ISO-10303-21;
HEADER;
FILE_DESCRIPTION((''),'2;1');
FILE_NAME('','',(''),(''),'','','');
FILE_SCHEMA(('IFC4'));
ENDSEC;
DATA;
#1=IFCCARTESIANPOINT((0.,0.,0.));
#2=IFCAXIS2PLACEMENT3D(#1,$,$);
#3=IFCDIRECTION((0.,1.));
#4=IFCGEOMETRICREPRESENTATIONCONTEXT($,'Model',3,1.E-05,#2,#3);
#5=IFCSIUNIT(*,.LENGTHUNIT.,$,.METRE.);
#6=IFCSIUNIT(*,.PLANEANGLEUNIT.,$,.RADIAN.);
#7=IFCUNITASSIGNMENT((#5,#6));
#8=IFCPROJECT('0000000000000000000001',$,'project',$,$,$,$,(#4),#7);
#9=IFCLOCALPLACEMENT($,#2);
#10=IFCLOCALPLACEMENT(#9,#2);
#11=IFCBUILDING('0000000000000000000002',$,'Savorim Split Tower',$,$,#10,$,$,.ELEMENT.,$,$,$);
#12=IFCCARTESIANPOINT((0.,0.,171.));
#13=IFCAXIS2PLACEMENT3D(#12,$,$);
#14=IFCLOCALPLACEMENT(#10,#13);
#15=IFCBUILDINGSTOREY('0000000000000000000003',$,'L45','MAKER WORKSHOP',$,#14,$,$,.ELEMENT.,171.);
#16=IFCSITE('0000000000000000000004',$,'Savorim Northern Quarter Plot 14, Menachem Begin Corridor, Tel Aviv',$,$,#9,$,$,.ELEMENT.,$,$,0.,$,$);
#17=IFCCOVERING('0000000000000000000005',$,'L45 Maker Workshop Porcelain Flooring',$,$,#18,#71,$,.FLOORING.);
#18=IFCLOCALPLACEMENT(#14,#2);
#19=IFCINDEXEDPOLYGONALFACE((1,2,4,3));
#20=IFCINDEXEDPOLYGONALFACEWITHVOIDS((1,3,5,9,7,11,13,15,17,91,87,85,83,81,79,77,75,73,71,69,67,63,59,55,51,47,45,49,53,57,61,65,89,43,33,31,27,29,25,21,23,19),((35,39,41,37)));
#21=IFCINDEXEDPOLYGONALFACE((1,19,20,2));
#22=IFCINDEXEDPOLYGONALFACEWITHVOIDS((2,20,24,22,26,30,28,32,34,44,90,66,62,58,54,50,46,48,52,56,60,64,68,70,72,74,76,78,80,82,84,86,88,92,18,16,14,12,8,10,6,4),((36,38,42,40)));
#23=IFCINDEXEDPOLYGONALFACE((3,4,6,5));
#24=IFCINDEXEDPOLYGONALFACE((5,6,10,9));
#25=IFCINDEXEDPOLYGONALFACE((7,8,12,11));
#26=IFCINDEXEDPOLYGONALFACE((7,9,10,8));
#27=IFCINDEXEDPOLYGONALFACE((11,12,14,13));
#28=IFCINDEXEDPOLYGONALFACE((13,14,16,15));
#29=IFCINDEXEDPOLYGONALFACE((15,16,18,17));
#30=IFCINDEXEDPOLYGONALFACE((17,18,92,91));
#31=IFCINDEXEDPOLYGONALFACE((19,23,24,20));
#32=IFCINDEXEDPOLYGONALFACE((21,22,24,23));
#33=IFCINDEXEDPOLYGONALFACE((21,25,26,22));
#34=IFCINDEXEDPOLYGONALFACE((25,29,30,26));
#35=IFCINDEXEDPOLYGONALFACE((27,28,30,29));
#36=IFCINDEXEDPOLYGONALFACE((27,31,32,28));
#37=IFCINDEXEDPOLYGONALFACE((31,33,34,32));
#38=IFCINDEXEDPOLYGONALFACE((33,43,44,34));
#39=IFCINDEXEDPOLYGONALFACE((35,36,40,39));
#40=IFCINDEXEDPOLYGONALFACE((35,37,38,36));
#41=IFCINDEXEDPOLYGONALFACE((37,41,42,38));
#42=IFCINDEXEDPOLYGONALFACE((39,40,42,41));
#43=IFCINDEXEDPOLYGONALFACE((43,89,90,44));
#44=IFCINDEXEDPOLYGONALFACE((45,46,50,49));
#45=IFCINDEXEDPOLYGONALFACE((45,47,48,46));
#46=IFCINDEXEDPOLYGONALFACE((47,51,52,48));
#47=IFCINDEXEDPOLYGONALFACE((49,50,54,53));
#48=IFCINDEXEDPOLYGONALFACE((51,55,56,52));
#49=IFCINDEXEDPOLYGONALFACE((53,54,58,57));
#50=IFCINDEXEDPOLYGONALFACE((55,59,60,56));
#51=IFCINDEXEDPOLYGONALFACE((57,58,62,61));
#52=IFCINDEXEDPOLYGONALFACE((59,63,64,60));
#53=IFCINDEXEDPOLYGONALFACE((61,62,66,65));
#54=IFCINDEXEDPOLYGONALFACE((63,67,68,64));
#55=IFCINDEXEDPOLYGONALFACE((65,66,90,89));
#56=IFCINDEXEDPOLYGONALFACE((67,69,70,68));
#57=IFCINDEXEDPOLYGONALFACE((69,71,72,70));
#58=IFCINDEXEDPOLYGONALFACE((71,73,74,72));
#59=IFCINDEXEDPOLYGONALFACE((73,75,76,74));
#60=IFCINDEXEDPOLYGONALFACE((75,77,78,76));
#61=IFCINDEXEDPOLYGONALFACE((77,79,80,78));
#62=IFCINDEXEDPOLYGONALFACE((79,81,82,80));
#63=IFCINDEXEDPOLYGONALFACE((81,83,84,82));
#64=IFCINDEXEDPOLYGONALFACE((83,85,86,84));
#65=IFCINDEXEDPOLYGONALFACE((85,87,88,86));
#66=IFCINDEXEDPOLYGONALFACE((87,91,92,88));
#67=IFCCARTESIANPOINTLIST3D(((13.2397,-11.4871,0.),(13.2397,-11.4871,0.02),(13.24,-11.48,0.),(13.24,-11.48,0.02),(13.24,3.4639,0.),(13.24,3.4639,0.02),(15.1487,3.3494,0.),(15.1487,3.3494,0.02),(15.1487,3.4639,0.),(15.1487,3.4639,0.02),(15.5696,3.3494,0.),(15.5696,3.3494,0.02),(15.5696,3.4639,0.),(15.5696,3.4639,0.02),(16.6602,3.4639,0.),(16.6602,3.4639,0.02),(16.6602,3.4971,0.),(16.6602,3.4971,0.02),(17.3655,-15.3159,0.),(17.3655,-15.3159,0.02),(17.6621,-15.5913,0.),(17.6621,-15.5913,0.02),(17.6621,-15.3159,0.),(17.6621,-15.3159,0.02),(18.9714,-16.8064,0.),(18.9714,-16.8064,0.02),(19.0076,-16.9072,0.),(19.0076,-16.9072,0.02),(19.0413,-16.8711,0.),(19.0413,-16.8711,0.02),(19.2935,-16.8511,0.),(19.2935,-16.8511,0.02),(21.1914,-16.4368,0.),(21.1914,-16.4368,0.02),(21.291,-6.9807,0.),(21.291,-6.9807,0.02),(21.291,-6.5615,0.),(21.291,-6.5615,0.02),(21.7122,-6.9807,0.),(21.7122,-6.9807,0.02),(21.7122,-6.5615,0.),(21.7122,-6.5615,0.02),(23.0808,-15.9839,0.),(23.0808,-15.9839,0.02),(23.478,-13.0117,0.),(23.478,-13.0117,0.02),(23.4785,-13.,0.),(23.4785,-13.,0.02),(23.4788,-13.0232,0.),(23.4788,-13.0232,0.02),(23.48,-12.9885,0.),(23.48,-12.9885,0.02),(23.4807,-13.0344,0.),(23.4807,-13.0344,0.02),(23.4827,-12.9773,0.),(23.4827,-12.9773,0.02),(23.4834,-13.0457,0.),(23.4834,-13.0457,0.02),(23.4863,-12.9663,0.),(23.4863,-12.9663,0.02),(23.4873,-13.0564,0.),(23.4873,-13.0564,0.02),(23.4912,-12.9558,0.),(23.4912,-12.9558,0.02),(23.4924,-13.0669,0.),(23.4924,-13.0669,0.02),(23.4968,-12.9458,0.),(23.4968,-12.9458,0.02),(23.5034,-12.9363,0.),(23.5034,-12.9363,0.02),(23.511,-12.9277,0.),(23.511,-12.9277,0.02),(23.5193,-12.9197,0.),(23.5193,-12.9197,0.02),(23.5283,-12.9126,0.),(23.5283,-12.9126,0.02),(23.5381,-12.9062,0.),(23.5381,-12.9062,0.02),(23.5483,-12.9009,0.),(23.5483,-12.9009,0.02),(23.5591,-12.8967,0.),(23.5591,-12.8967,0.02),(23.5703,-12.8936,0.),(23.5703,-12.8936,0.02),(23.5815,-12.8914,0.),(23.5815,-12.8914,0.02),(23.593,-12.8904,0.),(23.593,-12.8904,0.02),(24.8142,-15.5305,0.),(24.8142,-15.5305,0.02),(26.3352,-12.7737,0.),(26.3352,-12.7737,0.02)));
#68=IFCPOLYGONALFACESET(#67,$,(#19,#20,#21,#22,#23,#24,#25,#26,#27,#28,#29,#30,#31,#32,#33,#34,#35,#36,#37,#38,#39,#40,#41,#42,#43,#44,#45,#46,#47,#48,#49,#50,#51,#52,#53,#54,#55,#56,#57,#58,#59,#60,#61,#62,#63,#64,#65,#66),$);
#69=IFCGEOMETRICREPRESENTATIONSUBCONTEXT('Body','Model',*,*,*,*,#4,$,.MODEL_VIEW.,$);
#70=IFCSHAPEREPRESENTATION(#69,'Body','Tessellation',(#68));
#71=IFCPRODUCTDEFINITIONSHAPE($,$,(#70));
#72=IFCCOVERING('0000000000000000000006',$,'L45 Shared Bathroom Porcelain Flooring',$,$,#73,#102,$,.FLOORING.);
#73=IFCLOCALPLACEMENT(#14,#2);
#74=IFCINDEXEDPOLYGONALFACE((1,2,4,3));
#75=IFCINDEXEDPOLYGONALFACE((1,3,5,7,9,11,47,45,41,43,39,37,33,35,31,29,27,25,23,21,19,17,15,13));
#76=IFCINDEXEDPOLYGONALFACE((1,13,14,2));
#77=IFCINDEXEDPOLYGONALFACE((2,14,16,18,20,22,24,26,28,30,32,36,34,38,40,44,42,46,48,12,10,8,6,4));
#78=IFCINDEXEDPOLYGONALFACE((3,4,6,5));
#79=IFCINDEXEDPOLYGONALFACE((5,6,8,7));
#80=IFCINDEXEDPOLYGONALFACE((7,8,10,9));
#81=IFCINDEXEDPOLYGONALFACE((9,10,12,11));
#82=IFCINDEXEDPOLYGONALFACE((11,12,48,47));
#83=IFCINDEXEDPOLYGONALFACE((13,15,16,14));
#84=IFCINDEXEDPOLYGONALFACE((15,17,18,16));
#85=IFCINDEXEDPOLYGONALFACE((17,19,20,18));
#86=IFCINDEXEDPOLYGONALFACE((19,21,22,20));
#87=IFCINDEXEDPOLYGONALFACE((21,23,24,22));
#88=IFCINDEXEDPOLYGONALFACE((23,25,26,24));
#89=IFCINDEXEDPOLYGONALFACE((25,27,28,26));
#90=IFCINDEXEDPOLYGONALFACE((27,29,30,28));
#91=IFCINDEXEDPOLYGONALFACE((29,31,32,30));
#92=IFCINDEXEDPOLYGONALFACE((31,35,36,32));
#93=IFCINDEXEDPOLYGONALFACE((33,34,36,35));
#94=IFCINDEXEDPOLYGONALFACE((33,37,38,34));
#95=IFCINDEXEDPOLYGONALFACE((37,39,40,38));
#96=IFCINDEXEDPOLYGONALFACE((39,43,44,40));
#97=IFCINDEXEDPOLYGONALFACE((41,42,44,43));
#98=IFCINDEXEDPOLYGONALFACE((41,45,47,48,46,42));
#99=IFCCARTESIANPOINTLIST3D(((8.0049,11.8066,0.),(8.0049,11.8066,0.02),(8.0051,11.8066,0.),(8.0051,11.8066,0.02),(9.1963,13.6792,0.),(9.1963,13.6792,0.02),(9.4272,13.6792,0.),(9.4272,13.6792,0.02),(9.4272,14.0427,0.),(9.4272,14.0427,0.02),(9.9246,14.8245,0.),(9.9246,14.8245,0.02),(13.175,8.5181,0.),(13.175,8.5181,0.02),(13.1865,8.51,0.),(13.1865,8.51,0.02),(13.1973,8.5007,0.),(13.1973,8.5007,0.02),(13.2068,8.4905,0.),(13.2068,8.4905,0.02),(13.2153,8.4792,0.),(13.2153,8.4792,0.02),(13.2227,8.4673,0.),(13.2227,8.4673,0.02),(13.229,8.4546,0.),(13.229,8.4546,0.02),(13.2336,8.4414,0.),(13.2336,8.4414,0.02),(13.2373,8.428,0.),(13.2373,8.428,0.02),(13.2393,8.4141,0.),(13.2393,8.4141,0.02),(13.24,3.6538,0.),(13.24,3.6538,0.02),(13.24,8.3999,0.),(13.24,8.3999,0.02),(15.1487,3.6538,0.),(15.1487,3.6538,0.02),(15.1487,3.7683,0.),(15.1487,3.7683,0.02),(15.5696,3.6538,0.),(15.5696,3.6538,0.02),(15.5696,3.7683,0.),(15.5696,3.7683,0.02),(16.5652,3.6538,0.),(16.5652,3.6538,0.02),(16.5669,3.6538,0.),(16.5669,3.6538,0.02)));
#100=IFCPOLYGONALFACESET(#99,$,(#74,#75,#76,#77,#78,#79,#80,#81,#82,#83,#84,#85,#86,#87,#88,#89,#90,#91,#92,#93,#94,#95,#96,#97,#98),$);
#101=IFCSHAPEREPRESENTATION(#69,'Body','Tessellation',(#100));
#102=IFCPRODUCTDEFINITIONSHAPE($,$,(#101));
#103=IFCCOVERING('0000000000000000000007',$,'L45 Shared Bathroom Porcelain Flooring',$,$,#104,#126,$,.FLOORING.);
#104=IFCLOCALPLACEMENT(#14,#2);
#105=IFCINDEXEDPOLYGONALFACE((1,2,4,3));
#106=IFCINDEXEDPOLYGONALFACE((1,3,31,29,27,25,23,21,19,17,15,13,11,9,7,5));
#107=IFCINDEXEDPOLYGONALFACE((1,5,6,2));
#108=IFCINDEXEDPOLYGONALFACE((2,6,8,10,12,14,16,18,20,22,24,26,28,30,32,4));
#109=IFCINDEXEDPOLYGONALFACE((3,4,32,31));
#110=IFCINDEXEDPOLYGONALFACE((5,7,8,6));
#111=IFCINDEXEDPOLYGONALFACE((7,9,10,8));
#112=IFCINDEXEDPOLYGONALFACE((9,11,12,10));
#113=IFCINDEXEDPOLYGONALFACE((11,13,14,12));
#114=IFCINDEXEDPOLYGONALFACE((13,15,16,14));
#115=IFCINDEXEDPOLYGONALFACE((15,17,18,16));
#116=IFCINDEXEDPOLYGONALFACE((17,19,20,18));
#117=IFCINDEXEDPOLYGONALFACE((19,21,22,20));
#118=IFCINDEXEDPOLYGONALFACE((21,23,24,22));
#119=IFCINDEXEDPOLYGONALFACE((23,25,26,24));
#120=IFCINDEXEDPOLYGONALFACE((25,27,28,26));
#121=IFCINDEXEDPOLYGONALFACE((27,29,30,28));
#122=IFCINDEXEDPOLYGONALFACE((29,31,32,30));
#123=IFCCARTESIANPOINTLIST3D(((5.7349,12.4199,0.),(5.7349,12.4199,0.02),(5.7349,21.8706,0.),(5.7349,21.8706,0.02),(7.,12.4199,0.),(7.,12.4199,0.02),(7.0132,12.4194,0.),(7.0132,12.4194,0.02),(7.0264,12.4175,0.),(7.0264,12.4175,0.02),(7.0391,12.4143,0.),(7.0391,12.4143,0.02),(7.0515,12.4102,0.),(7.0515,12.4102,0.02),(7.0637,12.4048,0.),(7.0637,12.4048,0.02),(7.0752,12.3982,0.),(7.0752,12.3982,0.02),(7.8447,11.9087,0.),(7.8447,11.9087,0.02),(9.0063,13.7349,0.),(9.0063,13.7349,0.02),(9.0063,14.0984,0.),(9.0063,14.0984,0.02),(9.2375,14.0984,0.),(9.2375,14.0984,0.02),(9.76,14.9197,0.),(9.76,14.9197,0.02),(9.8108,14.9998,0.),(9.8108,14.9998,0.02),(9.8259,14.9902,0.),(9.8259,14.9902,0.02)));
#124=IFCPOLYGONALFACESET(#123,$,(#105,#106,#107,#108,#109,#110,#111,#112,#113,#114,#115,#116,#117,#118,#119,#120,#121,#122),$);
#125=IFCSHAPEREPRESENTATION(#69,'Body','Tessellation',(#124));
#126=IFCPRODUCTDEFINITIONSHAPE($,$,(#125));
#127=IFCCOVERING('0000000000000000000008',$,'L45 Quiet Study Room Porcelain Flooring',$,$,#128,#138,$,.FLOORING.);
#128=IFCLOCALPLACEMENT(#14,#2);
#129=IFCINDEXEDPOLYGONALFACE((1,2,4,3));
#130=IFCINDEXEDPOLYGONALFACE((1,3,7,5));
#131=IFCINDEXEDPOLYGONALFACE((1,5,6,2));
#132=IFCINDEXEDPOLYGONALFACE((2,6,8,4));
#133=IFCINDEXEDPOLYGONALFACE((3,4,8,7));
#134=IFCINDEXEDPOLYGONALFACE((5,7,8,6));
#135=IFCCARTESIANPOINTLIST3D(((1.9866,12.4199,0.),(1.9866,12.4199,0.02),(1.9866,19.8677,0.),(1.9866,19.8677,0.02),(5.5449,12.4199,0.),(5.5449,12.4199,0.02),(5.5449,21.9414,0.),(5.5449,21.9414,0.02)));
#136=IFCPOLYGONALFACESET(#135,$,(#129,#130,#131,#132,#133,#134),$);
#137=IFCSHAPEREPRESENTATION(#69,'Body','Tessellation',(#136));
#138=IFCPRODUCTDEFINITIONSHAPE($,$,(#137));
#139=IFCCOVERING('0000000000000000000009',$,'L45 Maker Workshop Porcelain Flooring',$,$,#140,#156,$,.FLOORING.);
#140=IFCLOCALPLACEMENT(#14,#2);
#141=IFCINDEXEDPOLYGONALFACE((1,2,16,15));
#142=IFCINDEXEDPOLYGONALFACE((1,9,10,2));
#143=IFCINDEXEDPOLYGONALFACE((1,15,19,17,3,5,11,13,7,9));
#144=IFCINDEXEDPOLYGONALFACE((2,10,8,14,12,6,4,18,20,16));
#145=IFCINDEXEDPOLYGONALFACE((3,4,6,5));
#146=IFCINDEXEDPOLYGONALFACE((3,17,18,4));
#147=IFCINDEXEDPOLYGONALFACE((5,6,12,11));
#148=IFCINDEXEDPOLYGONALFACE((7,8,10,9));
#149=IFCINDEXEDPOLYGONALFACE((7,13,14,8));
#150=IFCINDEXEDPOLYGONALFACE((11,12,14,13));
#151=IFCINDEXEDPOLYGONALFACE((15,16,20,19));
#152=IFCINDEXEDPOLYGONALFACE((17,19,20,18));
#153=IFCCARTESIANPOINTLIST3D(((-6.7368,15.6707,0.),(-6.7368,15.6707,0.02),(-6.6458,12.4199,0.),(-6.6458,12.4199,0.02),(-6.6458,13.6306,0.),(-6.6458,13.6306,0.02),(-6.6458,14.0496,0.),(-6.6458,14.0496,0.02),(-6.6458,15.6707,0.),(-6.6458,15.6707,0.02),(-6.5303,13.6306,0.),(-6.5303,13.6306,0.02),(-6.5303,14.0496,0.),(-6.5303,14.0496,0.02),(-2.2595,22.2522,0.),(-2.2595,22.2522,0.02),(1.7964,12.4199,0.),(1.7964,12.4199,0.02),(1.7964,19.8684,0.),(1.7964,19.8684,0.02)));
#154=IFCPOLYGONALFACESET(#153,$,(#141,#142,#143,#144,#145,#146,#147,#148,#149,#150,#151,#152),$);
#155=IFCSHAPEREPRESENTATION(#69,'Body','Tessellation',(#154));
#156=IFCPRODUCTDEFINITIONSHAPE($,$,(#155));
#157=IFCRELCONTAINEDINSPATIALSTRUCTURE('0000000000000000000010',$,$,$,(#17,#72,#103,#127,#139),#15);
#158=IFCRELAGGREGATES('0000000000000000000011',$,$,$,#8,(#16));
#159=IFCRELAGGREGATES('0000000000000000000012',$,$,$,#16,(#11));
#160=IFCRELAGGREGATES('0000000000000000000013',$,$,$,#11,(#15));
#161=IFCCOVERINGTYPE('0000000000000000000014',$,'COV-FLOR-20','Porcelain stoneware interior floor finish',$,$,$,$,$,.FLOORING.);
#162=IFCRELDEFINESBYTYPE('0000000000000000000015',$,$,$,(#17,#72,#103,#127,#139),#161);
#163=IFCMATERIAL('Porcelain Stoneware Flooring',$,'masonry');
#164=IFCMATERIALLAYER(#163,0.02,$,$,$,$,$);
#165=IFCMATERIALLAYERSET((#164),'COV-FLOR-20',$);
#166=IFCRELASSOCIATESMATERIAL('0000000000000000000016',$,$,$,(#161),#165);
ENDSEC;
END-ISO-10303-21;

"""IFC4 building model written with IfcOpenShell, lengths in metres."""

from ifc_helpers import new_model, si_unit, direction, frame, origin, place, context, subcontext, project, spatial, polyline, outline, extrude, material, layer, layer_set, type_object, element, save


model = new_model("IFC4")

# Units and contexts
model_context = context("Model", 3, precision=1e-05, world=origin(), true_north=direction((0.0, 1.0)))
body_context = subcontext(model_context, "Body", "Model", "MODEL_VIEW")
ifc_project = project(units=[si_unit("LENGTHUNIT", "METRE"), si_unit("PLANEANGLEUNIT", "RADIAN")], contexts=[model_context])

# Site, building, storey
site_placement = place(None, origin())
site = spatial("IfcSite", under=ifc_project, at=site_placement, Name="Savorim Northern Quarter Plot 14, Menachem Begin Corridor, Tel Aviv", CompositionType="ELEMENT", RefElevation=0.0)
building_placement = place(site_placement, origin())
building = spatial("IfcBuilding", under=site, at=building_placement, Name="Savorim Split Tower", CompositionType="ELEMENT")
storey_placement = place(building_placement, frame((0.0, 0.0, 171.0)))
storey = spatial("IfcBuildingStorey", under=building, at=storey_placement, Name="L45", Description="MAKER WORKSHOP", CompositionType="ELEMENT", Elevation=171.0)

# Coverings
ifc_material_1 = material(Name="Porcelain Stoneware Flooring", Category="masonry")
ifc_layer_1 = layer(ifc_material_1, 0.02)
ifc_layer_set_1 = layer_set([ifc_layer_1], Name="COV-FLOR-20")
covering_type_1 = type_object("IfcCoveringType", Name="COV-FLOR-20", Description="Porcelain stoneware interior floor finish", PredefinedType="FLOORING", material=ifc_layer_set_1)
covering_1_placement = place(storey_placement, origin())
element("IfcCovering", 1, at=covering_1_placement, inside=storey, type_object=covering_type_1, Name="L45 Maker Workshop Porcelain Flooring", PredefinedType="FLOORING", context=body_context, shape_type="SweptSolid", body=[
    extrude(outline(polyline([(23.5703, -12.8936), (23.5815, -12.8914), (23.593, -12.8904), (26.3352, -12.7737), (16.6602, 3.4971), (16.6602, 3.4639), (15.5696, 3.4639), (15.5696, 3.3494), (15.1487, 3.3494), (15.1487, 3.4639), (13.24, 3.4639), (13.24, -11.48), (13.2397, -11.4871), (17.3655, -15.3159), (17.6621, -15.3159), (17.6621, -15.5913), (18.9714, -16.8064), (19.0413, -16.8711), (19.0076, -16.9072), (19.2935, -16.8511), (21.1914, -16.4368), (23.0808, -15.9839), (24.8142, -15.5305), (23.4924, -13.0669), (23.4873, -13.0564), (23.4834, -13.0457), (23.4807, -13.0344), (23.4788, -13.0232), (23.478, -13.0117), (23.4785, -13.0), (23.48, -12.9885), (23.4827, -12.9773), (23.4863, -12.9663), (23.4912, -12.9558), (23.4968, -12.9458), (23.5034, -12.9363), (23.511, -12.9277), (23.5193, -12.9197), (23.5283, -12.9126), (23.5381, -12.9062), (23.5483, -12.9009), (23.5591, -12.8967), (23.5703, -12.8936)]), holes=[polyline([(21.7122, -6.9807), (21.7122, -6.5615), (21.291, -6.5615), (21.291, -6.9807), (21.7122, -6.9807)])]), origin(), (0.0, 0.0, 1.0), 0.02),
])
covering_2_placement = place(storey_placement, origin())
element("IfcCovering", 2, at=covering_2_placement, inside=storey, type_object=covering_type_1, Name="L45 Shared Bathroom Porcelain Flooring", PredefinedType="FLOORING", context=body_context, shape_type="SweptSolid", body=[
    extrude(outline(polyline([(15.5696, 3.7683), (15.5696, 3.6538), (16.5652, 3.6538), (16.5669, 3.6538), (9.9246, 14.8245), (9.4272, 14.0427), (9.4272, 13.6792), (9.1963, 13.6792), (8.0051, 11.8066), (8.0049, 11.8066), (13.175, 8.5181), (13.1865, 8.51), (13.1973, 8.5007), (13.2068, 8.4905), (13.2153, 8.4792), (13.2227, 8.4673), (13.229, 8.4546), (13.2336, 8.4414), (13.2373, 8.428), (13.2393, 8.4141), (13.24, 8.3999), (13.24, 3.6538), (15.1487, 3.6538), (15.1487, 3.7683), (15.5696, 3.7683)])), origin(), (0.0, 0.0, 1.0), 0.02),
])
covering_3_placement = place(storey_placement, origin())
element("IfcCovering", 3, at=covering_3_placement, inside=storey, type_object=covering_type_1, Name="L45 Shared Bathroom Porcelain Flooring", PredefinedType="FLOORING", context=body_context, shape_type="SweptSolid", body=[
    extrude(outline(polyline([(9.76, 14.9197), (9.8108, 14.9998), (9.8259, 14.9902), (5.7349, 21.8706), (5.7349, 12.4199), (7.0, 12.4199), (7.0132, 12.4194), (7.0264, 12.4175), (7.0391, 12.4143), (7.0515, 12.4102), (7.0637, 12.4048), (7.0752, 12.3982), (7.8447, 11.9087), (9.0063, 13.7349), (9.0063, 14.0984), (9.2375, 14.0984), (9.76, 14.9197)])), origin(), (0.0, 0.0, 1.0), 0.02),
])
covering_4_placement = place(storey_placement, origin())
element("IfcCovering", 4, at=covering_4_placement, inside=storey, type_object=covering_type_1, Name="L45 Quiet Study Room Porcelain Flooring", PredefinedType="FLOORING", context=body_context, shape_type="SweptSolid", body=[
    extrude(outline(polyline([(1.9866, 12.4199), (5.5449, 12.4199), (5.5449, 21.9414), (1.9866, 19.8677), (1.9866, 12.4199)])), origin(), (0.0, 0.0, 1.0), 0.02),
])
covering_5_placement = place(storey_placement, origin())
element("IfcCovering", 5, at=covering_5_placement, inside=storey, type_object=covering_type_1, Name="L45 Maker Workshop Porcelain Flooring", PredefinedType="FLOORING", context=body_context, shape_type="SweptSolid", body=[
    extrude(outline(polyline([(-6.6458, 12.4199), (1.7964, 12.4199), (1.7964, 19.8684), (-2.2595, 22.2522), (-6.7368, 15.6707), (-6.6458, 15.6707), (-6.6458, 14.0496), (-6.5303, 14.0496), (-6.5303, 13.6306), (-6.6458, 13.6306), (-6.6458, 12.4199)])), origin(), (0.0, 0.0, 1.0), 0.02),
])

save(model, "model.ifc")
